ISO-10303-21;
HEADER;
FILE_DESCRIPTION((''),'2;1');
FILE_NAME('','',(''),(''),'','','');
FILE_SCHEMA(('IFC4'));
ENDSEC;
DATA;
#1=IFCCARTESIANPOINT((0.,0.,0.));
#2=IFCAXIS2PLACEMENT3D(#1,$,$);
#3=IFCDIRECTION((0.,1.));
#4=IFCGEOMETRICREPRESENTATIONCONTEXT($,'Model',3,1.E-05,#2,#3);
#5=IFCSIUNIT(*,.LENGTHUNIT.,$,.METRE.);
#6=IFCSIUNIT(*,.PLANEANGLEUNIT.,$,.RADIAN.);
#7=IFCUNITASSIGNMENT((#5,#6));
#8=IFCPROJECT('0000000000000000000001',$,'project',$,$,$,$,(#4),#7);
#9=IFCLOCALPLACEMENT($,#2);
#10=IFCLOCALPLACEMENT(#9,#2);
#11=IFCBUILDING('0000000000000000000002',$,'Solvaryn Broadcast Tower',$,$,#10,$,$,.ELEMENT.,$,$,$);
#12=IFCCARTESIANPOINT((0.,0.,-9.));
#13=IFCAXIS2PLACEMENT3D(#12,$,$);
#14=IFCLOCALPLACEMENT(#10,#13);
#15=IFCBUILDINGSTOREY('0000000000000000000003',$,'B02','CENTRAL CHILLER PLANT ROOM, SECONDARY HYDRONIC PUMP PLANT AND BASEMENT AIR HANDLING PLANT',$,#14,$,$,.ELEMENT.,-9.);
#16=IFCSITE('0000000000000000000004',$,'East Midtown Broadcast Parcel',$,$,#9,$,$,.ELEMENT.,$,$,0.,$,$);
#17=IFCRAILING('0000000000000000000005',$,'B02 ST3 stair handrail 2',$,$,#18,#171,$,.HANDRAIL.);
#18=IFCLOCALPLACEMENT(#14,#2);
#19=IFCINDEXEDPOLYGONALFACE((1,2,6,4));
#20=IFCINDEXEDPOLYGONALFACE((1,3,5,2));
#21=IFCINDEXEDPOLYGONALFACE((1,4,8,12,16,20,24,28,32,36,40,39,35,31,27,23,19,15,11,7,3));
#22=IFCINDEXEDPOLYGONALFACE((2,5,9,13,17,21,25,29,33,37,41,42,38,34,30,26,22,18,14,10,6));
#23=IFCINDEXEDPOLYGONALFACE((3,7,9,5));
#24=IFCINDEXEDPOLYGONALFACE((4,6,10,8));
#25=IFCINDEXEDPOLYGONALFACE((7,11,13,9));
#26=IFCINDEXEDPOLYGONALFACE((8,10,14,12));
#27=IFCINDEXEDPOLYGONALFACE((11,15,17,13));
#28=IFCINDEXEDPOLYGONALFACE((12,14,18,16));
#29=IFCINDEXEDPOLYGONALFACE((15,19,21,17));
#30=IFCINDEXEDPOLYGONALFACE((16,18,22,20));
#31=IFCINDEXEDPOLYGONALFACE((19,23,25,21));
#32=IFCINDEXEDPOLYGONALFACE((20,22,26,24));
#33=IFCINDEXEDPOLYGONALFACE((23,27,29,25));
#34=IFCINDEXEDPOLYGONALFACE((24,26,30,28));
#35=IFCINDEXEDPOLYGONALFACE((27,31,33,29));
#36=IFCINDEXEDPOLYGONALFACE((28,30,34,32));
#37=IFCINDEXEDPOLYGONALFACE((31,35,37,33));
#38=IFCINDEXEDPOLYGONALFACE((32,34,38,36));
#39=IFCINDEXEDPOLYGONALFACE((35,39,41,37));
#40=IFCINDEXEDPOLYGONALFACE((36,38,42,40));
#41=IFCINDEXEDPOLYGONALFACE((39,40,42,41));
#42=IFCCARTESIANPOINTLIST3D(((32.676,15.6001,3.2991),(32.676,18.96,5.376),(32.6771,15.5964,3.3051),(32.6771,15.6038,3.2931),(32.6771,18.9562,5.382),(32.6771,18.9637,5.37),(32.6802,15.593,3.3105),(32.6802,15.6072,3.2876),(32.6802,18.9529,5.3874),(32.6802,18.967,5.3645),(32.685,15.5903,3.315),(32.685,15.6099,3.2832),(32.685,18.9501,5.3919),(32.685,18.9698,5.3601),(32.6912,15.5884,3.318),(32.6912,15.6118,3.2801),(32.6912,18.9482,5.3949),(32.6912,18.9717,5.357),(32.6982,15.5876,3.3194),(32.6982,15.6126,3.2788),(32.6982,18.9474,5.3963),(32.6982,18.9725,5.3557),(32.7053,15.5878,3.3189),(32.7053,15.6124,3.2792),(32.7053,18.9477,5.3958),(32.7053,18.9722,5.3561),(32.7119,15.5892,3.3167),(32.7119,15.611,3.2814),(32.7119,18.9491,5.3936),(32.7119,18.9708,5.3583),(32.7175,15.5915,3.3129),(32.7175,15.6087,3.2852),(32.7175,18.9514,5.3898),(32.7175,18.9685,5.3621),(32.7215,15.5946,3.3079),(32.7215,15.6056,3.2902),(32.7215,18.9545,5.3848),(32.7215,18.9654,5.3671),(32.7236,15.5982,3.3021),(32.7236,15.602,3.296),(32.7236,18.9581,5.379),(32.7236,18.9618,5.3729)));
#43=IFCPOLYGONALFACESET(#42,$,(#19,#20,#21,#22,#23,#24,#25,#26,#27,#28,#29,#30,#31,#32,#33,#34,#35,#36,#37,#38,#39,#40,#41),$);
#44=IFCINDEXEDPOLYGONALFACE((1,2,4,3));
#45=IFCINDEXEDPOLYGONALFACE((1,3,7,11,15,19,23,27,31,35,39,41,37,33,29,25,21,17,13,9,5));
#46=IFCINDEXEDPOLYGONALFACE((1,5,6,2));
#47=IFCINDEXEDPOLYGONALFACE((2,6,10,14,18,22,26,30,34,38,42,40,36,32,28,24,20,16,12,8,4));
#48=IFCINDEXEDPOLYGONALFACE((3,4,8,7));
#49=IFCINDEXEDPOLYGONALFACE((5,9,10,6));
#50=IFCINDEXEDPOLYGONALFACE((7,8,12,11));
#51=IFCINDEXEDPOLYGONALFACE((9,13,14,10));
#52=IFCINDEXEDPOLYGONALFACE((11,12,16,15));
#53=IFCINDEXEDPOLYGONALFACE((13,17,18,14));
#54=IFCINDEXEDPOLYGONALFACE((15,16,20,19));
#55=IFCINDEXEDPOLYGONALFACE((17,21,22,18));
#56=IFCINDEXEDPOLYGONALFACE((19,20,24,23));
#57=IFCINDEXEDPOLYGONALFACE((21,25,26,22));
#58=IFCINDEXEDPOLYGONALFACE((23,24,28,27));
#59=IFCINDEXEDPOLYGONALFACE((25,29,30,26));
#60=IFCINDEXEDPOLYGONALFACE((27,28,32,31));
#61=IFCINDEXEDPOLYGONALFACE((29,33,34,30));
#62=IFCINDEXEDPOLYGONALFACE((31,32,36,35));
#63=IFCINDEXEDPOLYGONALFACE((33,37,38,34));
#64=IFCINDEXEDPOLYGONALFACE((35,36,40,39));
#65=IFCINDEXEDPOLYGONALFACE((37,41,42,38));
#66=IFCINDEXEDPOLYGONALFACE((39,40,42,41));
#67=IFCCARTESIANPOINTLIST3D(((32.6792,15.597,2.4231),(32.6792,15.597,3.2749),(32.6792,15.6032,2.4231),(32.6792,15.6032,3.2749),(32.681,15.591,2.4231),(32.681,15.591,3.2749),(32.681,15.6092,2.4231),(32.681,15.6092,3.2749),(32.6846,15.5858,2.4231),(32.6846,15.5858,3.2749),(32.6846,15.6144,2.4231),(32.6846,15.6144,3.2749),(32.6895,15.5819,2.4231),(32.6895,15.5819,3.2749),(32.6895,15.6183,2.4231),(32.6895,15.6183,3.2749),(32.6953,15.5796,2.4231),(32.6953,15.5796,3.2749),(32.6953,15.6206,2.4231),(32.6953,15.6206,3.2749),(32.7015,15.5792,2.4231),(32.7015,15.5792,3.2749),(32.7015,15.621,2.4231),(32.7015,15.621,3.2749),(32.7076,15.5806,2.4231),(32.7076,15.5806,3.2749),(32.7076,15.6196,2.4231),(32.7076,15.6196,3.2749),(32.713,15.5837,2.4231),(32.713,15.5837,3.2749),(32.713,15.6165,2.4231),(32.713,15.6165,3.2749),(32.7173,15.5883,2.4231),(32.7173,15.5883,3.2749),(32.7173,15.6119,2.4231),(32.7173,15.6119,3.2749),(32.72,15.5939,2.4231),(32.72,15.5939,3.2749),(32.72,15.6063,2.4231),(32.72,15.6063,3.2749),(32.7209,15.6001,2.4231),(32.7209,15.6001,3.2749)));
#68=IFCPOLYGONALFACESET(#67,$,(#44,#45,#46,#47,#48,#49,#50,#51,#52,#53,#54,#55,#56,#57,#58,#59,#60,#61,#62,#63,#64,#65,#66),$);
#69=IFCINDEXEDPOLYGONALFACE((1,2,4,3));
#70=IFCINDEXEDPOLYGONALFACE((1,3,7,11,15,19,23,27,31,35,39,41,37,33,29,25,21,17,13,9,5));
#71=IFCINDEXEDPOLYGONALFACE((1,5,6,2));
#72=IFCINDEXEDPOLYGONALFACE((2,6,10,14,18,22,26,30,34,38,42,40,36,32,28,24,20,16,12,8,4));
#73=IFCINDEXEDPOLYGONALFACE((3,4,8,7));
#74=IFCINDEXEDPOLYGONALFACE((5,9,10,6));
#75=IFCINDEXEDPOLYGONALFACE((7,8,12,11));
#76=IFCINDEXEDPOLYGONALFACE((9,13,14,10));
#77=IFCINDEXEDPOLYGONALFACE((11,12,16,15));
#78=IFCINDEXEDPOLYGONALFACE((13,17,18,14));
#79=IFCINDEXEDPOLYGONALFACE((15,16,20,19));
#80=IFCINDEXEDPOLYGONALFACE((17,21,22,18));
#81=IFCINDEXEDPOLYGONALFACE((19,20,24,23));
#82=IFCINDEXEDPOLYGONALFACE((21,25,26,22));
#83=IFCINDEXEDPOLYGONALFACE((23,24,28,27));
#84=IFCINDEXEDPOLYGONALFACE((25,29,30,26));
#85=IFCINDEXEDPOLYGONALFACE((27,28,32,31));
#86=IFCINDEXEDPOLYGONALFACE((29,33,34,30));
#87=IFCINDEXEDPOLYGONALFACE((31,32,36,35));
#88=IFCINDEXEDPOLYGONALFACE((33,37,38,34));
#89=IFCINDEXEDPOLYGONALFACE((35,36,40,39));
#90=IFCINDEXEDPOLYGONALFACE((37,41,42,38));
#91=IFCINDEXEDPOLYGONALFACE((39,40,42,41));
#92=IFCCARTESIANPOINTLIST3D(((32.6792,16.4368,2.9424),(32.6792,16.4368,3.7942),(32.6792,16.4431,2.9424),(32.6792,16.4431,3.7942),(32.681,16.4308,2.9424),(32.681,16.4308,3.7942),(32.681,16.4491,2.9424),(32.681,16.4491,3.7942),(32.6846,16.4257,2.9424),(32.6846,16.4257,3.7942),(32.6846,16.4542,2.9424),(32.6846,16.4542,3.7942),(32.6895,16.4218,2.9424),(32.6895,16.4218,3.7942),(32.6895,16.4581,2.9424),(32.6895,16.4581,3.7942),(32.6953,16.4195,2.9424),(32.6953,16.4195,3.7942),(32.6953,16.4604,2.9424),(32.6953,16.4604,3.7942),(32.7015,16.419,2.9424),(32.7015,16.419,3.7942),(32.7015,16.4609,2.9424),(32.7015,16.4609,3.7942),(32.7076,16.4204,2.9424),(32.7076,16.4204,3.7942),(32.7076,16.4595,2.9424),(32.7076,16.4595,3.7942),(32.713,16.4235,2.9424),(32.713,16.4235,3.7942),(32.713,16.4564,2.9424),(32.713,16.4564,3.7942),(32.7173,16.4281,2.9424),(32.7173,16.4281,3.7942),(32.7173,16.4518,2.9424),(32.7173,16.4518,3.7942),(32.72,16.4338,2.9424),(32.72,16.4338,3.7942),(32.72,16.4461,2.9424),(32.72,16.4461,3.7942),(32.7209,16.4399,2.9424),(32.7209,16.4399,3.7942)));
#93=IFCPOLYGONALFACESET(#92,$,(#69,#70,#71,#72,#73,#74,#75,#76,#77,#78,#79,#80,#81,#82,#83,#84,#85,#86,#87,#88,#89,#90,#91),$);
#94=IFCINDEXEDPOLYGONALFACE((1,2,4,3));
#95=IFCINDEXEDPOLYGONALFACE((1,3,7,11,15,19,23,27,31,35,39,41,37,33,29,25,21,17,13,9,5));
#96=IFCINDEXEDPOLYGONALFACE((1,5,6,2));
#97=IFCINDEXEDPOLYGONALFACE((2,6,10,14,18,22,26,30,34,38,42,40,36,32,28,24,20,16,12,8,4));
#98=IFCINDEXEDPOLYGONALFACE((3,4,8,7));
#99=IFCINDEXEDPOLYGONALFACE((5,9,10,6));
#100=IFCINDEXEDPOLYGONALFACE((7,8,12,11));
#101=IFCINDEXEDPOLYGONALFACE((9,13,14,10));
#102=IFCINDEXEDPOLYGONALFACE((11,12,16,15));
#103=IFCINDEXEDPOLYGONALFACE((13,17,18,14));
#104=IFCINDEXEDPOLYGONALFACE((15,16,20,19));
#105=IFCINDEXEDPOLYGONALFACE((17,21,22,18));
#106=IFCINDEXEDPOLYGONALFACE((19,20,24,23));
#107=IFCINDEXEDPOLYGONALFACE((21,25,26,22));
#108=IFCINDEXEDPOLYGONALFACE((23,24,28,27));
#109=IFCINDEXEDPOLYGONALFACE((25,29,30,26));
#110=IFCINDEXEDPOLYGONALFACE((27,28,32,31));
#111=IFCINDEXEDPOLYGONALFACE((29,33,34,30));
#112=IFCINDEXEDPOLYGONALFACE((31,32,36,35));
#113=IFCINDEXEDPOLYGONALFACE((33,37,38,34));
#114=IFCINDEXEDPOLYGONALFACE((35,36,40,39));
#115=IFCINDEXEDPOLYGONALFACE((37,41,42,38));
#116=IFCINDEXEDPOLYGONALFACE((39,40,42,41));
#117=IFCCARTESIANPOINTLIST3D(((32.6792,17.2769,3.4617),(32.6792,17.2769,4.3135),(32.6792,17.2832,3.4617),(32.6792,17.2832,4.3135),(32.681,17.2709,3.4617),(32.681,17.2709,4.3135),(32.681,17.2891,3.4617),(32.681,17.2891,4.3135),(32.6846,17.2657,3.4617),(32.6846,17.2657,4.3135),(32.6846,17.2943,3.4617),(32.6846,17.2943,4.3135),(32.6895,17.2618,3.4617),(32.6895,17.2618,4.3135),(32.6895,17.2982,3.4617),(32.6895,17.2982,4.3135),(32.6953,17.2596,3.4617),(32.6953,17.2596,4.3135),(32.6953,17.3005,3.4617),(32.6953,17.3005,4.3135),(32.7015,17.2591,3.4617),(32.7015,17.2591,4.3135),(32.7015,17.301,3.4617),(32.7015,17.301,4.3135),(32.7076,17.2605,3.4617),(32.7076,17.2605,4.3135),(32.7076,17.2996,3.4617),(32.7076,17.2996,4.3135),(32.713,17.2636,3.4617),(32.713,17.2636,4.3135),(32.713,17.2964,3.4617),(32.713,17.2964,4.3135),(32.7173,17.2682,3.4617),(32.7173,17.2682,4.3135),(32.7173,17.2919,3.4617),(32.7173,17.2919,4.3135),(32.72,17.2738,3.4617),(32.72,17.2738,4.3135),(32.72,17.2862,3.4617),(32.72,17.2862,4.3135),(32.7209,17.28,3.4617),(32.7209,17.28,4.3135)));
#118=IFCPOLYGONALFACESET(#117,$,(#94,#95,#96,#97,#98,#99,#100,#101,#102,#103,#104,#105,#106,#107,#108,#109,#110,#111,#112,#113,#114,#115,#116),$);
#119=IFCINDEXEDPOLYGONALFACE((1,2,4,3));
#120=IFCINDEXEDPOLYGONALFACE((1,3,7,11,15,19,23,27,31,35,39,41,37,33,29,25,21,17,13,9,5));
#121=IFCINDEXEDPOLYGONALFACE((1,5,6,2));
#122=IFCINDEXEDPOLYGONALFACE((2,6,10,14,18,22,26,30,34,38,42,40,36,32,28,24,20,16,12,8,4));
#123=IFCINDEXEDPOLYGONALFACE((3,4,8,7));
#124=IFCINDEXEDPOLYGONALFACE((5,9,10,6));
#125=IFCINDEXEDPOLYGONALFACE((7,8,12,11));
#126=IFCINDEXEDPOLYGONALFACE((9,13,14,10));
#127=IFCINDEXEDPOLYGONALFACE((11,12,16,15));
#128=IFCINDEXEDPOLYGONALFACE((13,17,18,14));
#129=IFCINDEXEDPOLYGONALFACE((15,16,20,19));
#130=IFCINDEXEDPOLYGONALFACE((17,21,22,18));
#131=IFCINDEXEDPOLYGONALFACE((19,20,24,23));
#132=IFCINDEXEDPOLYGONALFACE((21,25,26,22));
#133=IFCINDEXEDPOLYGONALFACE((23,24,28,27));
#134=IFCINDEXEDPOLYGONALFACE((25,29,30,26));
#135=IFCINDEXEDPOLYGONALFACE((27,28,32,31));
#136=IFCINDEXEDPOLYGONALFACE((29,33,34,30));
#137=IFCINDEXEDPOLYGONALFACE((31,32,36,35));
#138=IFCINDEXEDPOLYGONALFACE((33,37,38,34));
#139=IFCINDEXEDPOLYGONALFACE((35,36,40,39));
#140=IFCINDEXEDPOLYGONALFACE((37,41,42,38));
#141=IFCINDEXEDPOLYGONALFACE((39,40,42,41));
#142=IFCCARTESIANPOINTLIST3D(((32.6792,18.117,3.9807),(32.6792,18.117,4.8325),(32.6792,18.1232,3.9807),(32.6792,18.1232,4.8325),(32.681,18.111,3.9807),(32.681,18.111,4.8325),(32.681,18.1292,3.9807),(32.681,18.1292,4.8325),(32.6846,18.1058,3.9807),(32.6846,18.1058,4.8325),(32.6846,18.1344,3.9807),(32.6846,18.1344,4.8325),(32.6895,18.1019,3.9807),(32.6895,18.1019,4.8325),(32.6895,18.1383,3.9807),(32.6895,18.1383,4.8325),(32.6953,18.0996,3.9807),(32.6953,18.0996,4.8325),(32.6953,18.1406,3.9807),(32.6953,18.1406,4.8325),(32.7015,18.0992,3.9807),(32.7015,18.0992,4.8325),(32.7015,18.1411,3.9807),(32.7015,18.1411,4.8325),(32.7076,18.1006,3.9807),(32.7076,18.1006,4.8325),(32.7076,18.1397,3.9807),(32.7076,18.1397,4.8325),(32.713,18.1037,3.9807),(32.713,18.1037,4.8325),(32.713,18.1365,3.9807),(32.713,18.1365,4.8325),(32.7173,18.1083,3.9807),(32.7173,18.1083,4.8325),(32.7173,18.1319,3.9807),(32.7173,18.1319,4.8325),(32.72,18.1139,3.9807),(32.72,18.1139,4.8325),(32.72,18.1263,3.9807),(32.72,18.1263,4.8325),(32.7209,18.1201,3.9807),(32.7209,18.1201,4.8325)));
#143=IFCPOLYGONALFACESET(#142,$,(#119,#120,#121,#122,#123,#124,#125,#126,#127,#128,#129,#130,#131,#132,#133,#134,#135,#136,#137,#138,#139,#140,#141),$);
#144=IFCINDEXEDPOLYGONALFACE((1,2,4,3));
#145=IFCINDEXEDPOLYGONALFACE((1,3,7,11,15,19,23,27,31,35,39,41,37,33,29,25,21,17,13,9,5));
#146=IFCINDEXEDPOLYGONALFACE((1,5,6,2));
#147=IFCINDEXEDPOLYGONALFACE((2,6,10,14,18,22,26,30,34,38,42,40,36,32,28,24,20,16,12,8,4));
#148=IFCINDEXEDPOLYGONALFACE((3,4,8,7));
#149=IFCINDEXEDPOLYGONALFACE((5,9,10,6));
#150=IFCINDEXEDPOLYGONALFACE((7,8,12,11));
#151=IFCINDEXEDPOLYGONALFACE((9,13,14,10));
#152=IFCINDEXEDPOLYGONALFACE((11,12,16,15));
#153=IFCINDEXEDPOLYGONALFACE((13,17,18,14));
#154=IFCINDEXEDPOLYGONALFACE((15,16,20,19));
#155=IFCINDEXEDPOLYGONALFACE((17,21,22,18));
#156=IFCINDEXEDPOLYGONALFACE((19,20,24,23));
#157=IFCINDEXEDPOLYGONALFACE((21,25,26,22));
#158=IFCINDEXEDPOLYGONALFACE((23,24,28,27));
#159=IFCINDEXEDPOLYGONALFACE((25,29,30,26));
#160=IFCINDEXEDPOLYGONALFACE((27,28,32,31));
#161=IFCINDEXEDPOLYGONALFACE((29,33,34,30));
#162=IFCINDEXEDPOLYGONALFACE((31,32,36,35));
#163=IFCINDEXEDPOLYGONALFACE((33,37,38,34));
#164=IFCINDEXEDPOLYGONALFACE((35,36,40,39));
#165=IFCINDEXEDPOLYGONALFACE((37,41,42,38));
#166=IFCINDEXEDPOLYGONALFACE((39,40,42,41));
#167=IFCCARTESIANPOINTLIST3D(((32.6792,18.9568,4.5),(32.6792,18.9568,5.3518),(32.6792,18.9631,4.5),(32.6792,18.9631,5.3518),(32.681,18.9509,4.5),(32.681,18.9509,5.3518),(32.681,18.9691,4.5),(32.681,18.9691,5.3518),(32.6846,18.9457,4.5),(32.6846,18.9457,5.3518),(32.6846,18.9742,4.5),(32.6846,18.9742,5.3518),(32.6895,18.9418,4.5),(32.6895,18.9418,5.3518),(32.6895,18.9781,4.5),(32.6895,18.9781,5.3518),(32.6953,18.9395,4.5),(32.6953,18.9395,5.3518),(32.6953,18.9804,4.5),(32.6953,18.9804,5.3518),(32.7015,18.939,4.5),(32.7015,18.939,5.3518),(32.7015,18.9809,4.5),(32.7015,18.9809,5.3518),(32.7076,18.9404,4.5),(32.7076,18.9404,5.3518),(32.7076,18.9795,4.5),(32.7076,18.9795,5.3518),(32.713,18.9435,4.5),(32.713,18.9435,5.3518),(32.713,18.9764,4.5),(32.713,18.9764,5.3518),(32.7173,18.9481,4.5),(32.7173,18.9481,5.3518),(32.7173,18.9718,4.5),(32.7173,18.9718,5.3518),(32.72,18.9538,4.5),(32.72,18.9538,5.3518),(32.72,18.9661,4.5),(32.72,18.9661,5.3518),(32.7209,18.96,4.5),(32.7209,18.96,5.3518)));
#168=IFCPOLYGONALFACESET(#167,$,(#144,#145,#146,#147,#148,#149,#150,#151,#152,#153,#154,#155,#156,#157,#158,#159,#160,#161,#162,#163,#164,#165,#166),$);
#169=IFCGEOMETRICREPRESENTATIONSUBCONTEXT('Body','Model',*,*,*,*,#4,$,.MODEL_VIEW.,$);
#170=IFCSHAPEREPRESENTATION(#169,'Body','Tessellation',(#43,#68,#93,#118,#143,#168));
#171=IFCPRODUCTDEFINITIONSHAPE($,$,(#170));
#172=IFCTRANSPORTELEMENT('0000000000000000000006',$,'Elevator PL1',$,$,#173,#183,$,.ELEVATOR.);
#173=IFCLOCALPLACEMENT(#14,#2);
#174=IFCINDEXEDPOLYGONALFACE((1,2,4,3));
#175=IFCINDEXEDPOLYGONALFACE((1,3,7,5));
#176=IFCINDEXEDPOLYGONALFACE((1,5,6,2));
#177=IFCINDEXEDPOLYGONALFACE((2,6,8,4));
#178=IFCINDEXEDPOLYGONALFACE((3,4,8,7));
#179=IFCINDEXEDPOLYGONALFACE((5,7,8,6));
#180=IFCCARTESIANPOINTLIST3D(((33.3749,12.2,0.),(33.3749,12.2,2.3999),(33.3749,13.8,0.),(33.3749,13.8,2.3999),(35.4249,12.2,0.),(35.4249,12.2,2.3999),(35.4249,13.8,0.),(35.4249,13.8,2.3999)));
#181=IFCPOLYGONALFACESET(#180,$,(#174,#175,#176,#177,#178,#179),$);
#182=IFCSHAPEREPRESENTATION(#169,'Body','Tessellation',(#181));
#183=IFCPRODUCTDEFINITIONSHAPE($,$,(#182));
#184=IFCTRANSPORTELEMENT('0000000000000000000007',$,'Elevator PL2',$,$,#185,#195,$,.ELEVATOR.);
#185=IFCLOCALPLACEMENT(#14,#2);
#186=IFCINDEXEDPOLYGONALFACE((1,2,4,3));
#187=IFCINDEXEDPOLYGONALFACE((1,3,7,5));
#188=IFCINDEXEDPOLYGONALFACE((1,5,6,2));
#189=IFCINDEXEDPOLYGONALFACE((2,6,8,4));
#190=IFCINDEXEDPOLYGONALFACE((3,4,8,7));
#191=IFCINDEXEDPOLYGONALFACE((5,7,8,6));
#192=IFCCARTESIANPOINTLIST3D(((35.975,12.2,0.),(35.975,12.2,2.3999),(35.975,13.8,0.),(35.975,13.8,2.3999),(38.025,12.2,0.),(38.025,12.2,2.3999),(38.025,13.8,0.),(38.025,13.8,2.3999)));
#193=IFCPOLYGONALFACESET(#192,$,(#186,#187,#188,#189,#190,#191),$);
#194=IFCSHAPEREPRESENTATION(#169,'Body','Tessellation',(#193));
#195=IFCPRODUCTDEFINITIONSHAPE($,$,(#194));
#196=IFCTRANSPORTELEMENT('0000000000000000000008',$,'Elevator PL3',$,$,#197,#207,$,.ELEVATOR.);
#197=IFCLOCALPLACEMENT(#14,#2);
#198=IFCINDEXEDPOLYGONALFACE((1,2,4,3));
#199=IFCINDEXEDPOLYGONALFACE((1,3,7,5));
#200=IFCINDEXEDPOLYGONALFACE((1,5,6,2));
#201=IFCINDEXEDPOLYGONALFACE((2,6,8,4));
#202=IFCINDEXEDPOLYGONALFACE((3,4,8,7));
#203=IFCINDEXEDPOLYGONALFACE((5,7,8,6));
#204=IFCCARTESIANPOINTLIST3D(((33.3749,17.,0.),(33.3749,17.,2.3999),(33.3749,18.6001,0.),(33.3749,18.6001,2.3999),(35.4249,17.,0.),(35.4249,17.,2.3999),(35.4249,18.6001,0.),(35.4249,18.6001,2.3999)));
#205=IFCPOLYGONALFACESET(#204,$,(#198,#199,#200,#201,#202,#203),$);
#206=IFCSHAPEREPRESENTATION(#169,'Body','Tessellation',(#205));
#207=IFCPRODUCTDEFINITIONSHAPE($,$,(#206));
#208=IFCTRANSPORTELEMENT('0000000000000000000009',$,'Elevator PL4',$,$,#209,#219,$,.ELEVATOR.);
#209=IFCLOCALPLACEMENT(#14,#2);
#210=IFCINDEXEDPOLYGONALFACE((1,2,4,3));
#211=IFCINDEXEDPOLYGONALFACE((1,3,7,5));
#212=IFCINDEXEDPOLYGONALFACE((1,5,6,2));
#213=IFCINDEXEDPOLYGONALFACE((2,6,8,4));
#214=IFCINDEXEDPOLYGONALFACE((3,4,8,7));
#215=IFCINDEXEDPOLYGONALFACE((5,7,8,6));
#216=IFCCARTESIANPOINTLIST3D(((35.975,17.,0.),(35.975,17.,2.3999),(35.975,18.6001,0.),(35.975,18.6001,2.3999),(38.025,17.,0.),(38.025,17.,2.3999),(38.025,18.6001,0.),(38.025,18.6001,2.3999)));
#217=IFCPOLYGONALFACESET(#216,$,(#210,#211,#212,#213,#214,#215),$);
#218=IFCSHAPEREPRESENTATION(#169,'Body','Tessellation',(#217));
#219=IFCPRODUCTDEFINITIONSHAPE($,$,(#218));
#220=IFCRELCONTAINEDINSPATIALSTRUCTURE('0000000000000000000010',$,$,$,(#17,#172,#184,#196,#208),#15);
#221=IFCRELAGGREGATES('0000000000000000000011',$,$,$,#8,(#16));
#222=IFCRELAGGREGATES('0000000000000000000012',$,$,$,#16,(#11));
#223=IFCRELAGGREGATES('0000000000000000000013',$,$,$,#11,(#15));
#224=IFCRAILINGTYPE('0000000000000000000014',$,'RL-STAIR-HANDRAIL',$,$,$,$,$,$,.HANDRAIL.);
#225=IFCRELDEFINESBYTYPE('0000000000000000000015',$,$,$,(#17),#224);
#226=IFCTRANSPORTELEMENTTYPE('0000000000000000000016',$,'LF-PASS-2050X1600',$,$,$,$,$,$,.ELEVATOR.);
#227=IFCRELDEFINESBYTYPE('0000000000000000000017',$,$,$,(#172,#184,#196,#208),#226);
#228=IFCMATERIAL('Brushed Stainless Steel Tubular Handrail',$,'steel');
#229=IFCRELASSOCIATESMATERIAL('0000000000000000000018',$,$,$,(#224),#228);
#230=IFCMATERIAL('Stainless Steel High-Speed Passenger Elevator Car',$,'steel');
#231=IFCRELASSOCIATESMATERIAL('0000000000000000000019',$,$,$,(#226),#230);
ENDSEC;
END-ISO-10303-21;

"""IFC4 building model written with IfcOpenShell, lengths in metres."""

from ifc_helpers import new_model, si_unit, direction, frame, origin, origin_2d, place, context, subcontext, project, spatial, rectangle, circle, extrude, material, type_object, element, save


model = new_model("IFC4")

# Units and contexts
model_context = context("Model", 3, precision=1e-05, world=origin(), true_north=direction((0.0, 1.0)))
body_context = subcontext(model_context, "Body", "Model", "MODEL_VIEW")
ifc_project = project(units=[si_unit("LENGTHUNIT", "METRE"), si_unit("PLANEANGLEUNIT", "RADIAN")], contexts=[model_context])

# Site, building, storey
site_placement = place(None, origin())
site = spatial("IfcSite", under=ifc_project, at=site_placement, Name="East Midtown Broadcast Parcel", CompositionType="ELEMENT", RefElevation=0.0)
building_placement = place(site_placement, origin())
building = spatial("IfcBuilding", under=site, at=building_placement, Name="Solvaryn Broadcast Tower", CompositionType="ELEMENT")
storey_placement = place(building_placement, frame((0.0, 0.0, -9.0)))
storey = spatial("IfcBuildingStorey", under=building, at=storey_placement, Name="B02", Description="CENTRAL CHILLER PLANT ROOM, SECONDARY HYDRONIC PUMP PLANT AND BASEMENT AIR HANDLING PLANT", CompositionType="ELEMENT", Elevation=-9.0)

# Railing
ifc_material_1 = material(Name="Brushed Stainless Steel Tubular Handrail", Category="steel")
railing_type_1 = type_object("IfcRailingType", Name="RL-STAIR-HANDRAIL", PredefinedType="HANDRAIL", material=ifc_material_1)
railing_1_placement = place(storey_placement, frame((32.7, 15.6001, 2.4231)))
element("IfcRailing", 1, at=railing_1_placement, inside=storey, type_object=railing_type_1, Name="B02 ST3 stair handrail 2", PredefinedType="HANDRAIL", context=body_context, shape_type="SweptSolid", body=[
    extrude(circle(Radius=0.0239, at=origin_2d()), frame((0.0, 0.0, 0.876), z_axis=(0.0, 0.850606, 0.525803), x_axis=(-1.0, 0.0, 0.0)), (0.0, 0.0, 1.0), 3.95),
    extrude(circle(Radius=0.021, at=origin_2d()), origin(), (0.0, 0.0, 1.0), 0.8518),
    extrude(circle(Radius=0.021, at=origin_2d()), frame((0.0, 0.8398, 0.5193)), (0.0, 0.0, 1.0), 0.8518),
    extrude(circle(Radius=0.021, at=origin_2d()), frame((0.0, 1.6799, 1.0386)), (0.0, 0.0, 1.0), 0.8518),
    extrude(circle(Radius=0.021, at=origin_2d()), frame((0.0, 2.52, 1.5576)), (0.0, 0.0, 1.0), 0.8518),
    extrude(circle(Radius=0.021, at=origin_2d()), frame((0.0, 3.3599, 2.0769)), (0.0, 0.0, 1.0), 0.8518),
])

# Transport elements
ifc_material_2 = material(Name="Stainless Steel High-Speed Passenger Elevator Car", Category="steel")
transport_element_type = type_object("IfcTransportElementType", Name="LF-PASS-2050X1600", PredefinedType="ELEVATOR", material=ifc_material_2)
for number, where, z_axis, x_axis, name in (
    (2, (34.3999, 13.0, 0.0), (0.0, 0.0, 1.0), (1.0, 0.0, 0.0), "Elevator PL1"),
    (3, (37.0, 13.0, 0.0), (0.0, 0.0, 1.0), (1.0, 0.0, 0.0), "Elevator PL2"),
    (4, (34.3999, 17.8, 0.0), (0.0, 0.0, 1.0), (1.0, 0.0, 0.0), "Elevator PL3"),
    (5, (37.0, 17.8, 0.0), (0.0, 0.0, 1.0), (1.0, 0.0, 0.0), "Elevator PL4"),
):
    element("IfcTransportElement", number, at=place(storey_placement, frame(where, z_axis=z_axis, x_axis=x_axis)), inside=storey, type_object=transport_element_type, Name=name, PredefinedType="ELEVATOR", context=body_context, shape_type="SweptSolid", body=[
        extrude(rectangle(XDim=2.05, YDim=1.6001, at=origin_2d()), origin(), (0.0, 0.0, 1.0), 2.3999),
    ])

save(model, "model.ifc")
